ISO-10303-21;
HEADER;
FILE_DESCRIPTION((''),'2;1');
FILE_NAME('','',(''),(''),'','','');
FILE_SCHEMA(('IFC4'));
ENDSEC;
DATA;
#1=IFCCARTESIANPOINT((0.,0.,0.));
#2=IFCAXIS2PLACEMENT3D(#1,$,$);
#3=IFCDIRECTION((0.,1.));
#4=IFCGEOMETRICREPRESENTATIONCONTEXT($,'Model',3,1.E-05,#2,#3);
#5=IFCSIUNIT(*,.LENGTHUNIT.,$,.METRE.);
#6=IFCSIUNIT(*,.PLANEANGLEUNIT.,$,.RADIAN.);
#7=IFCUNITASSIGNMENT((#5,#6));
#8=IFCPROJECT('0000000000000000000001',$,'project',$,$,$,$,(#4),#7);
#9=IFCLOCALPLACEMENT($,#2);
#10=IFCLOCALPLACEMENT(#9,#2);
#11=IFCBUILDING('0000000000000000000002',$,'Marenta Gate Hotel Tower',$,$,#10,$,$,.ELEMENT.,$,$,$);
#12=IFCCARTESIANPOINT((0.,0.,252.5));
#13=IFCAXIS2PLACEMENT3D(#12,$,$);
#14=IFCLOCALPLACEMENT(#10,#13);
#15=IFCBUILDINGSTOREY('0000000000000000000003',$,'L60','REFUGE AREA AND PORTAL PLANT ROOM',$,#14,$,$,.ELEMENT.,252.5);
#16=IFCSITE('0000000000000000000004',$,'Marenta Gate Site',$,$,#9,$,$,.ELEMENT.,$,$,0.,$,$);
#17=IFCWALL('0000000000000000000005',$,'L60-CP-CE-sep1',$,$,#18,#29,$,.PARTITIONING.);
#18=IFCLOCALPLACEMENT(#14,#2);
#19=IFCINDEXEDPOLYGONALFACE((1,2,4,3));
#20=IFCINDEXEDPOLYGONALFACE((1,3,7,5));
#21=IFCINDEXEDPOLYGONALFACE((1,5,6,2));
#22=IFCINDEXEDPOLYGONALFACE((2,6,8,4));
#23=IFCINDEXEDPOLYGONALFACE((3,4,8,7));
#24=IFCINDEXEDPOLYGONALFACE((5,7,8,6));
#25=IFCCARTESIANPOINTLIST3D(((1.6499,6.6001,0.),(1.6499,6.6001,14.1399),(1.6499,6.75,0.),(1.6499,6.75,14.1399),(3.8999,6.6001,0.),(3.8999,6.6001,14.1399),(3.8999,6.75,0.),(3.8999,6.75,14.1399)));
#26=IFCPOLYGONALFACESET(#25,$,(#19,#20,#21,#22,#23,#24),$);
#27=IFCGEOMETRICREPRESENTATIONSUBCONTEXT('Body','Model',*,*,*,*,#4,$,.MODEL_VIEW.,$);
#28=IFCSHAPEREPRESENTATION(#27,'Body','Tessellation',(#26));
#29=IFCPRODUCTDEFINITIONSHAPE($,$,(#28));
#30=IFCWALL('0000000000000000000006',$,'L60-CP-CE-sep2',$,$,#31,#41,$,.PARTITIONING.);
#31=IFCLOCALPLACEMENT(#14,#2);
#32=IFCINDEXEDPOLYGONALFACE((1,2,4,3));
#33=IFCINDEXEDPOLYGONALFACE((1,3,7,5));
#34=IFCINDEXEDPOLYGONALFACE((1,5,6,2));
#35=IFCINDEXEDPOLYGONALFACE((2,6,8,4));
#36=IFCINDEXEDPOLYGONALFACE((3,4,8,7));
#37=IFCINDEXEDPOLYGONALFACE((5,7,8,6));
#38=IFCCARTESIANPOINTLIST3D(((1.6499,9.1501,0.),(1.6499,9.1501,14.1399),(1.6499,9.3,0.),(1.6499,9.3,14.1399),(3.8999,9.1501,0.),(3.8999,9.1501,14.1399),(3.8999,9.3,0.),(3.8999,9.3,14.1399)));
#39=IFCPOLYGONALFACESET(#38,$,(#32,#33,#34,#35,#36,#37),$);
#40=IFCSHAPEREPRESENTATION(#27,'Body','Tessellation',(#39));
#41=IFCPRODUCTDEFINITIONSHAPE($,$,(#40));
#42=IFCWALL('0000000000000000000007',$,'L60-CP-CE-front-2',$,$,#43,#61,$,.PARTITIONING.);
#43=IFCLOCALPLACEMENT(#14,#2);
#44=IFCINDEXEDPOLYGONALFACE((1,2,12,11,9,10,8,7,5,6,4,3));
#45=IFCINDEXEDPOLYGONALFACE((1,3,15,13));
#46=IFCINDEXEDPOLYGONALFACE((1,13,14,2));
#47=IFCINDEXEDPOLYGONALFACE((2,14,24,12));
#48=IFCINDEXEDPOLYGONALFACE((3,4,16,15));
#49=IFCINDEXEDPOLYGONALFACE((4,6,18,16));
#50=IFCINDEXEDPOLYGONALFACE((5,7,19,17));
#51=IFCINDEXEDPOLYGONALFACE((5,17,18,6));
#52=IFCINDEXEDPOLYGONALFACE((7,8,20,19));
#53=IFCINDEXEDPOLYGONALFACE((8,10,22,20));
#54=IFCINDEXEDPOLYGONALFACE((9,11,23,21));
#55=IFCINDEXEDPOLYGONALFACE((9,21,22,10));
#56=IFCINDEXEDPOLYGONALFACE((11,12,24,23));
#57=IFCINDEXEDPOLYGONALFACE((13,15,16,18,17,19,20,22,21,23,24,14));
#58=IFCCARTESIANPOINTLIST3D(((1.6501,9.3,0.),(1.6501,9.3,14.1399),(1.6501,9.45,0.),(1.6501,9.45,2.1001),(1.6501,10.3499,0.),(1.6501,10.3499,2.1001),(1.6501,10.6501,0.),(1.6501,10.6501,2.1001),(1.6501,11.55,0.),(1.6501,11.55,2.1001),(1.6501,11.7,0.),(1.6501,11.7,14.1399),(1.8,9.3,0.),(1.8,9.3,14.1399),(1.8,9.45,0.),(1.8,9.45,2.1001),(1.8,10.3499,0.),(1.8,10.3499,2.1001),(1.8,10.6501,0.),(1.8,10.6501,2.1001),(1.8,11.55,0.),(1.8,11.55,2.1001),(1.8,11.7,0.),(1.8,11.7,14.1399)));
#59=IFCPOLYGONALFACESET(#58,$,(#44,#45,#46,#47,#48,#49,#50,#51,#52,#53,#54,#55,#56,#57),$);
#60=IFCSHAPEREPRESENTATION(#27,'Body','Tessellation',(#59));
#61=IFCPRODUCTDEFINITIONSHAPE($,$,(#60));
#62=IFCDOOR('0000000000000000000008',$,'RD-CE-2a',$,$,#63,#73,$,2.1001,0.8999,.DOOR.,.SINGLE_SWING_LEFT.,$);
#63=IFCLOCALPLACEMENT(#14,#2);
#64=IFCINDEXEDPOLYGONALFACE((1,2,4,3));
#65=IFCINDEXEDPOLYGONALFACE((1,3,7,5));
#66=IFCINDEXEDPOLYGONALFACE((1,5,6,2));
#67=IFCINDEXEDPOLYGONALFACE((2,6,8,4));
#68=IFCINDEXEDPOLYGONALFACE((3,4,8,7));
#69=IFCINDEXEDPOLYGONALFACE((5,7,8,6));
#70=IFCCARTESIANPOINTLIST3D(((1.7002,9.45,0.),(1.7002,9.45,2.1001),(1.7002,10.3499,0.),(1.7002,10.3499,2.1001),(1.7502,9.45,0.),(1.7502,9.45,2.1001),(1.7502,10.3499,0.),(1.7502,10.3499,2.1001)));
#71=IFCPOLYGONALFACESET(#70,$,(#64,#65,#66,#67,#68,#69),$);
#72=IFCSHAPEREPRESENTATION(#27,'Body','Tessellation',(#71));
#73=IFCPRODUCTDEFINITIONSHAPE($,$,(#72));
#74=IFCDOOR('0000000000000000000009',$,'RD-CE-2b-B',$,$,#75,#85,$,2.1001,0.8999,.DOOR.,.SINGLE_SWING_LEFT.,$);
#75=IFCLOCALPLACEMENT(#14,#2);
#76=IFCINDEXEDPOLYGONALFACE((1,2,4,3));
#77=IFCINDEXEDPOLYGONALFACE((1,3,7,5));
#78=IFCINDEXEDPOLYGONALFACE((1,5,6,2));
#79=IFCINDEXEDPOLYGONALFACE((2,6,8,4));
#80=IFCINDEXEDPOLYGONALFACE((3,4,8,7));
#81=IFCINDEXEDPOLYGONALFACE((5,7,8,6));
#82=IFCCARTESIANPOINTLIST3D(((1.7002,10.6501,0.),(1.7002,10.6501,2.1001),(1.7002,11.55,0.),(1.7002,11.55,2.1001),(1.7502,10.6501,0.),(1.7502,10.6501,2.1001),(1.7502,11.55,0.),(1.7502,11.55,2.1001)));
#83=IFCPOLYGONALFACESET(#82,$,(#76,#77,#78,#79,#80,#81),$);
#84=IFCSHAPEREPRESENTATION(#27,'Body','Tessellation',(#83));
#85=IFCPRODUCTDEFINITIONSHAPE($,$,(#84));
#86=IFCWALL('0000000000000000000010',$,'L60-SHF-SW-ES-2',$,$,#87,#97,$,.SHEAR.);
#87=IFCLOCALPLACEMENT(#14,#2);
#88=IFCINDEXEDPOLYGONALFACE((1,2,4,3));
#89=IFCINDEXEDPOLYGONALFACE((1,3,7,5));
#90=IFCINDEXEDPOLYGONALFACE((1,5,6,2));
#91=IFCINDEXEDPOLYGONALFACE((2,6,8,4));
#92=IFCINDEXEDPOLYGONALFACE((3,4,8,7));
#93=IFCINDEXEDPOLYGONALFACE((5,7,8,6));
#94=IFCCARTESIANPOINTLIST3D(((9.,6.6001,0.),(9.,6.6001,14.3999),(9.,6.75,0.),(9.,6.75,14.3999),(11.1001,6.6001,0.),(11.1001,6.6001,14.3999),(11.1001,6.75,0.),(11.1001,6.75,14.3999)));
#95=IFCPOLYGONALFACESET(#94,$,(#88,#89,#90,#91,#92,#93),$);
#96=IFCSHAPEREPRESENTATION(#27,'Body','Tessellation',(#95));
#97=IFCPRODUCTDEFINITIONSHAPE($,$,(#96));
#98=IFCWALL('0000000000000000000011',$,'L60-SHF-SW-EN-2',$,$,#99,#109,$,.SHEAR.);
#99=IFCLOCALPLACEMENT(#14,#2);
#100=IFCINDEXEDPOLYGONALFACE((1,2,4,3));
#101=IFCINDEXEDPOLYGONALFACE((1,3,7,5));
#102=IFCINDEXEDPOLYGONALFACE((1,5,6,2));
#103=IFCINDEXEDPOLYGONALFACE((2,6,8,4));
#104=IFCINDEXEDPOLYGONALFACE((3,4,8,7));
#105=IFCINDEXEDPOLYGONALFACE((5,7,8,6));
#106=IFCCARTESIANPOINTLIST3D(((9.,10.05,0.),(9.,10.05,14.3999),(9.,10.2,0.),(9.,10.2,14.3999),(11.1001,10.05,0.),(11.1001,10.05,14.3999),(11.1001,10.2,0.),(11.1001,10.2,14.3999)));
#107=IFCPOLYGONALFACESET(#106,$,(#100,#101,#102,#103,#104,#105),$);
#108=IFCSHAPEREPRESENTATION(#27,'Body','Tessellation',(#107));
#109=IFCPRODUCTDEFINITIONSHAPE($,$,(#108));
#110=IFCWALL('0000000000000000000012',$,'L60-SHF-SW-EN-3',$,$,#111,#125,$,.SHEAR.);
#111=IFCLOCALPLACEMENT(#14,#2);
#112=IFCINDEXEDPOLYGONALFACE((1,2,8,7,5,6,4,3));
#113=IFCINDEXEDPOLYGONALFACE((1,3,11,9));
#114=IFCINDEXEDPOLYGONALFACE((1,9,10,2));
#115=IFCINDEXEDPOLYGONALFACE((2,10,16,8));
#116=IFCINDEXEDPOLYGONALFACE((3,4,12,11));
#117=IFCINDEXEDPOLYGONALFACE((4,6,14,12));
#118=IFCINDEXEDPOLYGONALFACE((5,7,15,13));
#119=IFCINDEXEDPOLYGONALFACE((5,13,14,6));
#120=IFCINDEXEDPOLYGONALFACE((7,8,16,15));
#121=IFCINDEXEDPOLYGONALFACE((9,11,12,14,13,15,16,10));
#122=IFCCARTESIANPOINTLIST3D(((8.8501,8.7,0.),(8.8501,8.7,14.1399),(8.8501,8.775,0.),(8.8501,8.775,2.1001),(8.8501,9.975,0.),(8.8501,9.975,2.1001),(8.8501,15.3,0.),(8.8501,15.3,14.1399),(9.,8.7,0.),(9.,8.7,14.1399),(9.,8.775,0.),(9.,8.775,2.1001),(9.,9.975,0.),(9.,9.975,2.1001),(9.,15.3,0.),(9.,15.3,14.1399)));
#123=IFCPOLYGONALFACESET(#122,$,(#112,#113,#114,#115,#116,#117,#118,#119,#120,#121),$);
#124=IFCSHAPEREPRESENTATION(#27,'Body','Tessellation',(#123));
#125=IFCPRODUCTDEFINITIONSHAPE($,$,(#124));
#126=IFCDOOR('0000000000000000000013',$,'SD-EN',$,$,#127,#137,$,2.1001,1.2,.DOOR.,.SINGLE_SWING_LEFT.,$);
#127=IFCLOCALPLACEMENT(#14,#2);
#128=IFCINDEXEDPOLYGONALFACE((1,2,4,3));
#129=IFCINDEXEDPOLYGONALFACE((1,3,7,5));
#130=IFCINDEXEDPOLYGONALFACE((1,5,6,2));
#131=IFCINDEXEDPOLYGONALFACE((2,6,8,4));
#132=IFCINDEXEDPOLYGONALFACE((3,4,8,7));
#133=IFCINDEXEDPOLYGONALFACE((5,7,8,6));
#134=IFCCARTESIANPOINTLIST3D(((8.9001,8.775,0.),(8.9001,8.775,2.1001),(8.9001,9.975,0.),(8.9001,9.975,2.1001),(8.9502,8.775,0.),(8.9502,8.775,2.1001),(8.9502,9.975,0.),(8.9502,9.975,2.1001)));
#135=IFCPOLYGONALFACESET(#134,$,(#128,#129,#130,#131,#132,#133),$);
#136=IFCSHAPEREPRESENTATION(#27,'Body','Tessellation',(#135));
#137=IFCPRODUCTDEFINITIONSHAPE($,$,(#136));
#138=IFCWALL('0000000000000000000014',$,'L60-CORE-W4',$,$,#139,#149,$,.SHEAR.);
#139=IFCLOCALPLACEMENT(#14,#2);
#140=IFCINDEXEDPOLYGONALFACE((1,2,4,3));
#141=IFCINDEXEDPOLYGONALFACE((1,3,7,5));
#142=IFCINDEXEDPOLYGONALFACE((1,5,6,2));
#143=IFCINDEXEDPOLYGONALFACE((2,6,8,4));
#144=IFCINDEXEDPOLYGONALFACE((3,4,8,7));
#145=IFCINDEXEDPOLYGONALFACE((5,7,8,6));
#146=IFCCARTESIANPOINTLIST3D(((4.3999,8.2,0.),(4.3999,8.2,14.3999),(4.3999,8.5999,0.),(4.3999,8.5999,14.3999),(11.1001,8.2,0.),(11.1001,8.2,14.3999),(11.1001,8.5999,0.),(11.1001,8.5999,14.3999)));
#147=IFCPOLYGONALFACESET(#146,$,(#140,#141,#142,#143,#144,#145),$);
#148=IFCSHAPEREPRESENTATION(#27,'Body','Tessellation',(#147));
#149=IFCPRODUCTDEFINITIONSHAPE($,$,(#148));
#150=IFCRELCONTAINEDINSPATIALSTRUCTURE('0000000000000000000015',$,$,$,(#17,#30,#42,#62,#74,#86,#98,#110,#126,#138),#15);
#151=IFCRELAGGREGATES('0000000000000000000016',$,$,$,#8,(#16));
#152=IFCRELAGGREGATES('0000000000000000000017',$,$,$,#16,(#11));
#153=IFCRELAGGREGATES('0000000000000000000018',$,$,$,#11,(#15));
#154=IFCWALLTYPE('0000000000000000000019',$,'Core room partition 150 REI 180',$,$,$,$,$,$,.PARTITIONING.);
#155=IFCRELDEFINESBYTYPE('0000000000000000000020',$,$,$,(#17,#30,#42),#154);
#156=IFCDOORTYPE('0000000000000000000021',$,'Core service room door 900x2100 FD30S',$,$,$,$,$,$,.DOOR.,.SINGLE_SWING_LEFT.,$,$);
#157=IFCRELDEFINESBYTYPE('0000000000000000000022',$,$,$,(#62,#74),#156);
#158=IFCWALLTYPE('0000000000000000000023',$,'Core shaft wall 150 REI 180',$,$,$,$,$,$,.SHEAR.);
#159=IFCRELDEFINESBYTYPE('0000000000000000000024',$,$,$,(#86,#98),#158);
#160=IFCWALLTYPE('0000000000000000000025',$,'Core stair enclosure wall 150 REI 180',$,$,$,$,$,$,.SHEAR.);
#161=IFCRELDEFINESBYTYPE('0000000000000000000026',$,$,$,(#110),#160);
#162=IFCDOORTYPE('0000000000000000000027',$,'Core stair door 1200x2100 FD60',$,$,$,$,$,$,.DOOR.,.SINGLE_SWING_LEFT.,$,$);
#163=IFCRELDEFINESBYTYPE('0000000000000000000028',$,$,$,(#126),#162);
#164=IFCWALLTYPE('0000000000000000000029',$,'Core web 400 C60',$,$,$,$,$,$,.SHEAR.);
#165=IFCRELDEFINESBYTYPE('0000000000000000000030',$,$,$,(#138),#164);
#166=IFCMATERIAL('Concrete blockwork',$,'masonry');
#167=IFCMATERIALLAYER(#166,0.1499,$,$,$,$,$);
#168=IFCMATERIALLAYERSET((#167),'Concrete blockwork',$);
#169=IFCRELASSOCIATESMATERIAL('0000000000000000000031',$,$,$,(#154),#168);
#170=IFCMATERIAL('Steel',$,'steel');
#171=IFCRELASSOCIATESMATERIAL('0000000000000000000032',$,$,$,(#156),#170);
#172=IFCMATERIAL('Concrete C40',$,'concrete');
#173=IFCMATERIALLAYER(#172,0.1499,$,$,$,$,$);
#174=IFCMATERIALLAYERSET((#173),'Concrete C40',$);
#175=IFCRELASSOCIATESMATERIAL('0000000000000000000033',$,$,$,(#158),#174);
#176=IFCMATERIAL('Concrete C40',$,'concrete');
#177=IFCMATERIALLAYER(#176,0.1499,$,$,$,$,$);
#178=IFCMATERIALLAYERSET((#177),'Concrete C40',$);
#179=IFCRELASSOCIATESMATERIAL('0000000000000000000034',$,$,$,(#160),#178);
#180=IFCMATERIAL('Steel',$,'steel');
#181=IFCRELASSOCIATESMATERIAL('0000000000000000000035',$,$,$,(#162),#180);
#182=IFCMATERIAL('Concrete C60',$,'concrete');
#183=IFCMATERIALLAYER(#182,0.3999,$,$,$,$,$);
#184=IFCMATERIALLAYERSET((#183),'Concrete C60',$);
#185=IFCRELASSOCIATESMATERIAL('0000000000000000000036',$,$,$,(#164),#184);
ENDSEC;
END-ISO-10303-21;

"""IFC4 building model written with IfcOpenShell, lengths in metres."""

from ifc_helpers import new_model, si_unit, direction, frame, frame_2d, origin, place, context, subcontext, project, spatial, rectangle, extrude, material, layer, layer_set, type_object, element, fill, save


model = new_model("IFC4")

# Units and contexts
model_context = context("Model", 3, precision=1e-05, world=origin(), true_north=direction((0.0, 1.0)))
body_context = subcontext(model_context, "Body", "Model", "MODEL_VIEW")
ifc_project = project(units=[si_unit("LENGTHUNIT", "METRE"), si_unit("PLANEANGLEUNIT", "RADIAN")], contexts=[model_context])

# Site, building, storey
site_placement = place(None, origin())
site = spatial("IfcSite", under=ifc_project, at=site_placement, Name="Marenta Gate Site", CompositionType="ELEMENT", RefElevation=0.0)
building_placement = place(site_placement, origin())
building = spatial("IfcBuilding", under=site, at=building_placement, Name="Marenta Gate Hotel Tower", CompositionType="ELEMENT")
storey_placement = place(building_placement, frame((0.0, 0.0, 252.5)))
storey = spatial("IfcBuildingStorey", under=building, at=storey_placement, Name="L60", Description="REFUGE AREA AND PORTAL PLANT ROOM", CompositionType="ELEMENT", Elevation=252.5)

# Walls
ifc_material_1 = material(Name="Concrete blockwork", Category="masonry")
ifc_layer_1 = layer(ifc_material_1, 0.1499)
ifc_layer_set_1 = layer_set([ifc_layer_1], Name="Concrete blockwork")
wall_type_1 = type_object("IfcWallType", Name="Core room partition 150 REI 180", PredefinedType="PARTITIONING", material=ifc_layer_set_1)
for number, where, z_axis, x_axis, name in (
    (1, (1.6499, 6.675, 0.0), (0.0, 0.0, 1.0), (1.0, 0.0, 0.0), "L60-CP-CE-sep1"),
    (2, (1.6499, 9.2251, 0.0), (0.0, 0.0, 1.0), (1.0, 0.0, 0.0), "L60-CP-CE-sep2"),
):
    element("IfcWall", number, at=place(storey_placement, frame(where, z_axis=z_axis, x_axis=x_axis)), inside=storey, type_object=wall_type_1, Name=name, PredefinedType="PARTITIONING", context=body_context, shape_type="SweptSolid", body=[
        extrude(rectangle(XDim=2.25, YDim=0.1499, at=frame_2d((1.125, 0.0))), origin(), (0.0, 0.0, 1.0), 14.1399),
    ])

# Wall, openings, doors
wall_1_placement = place(storey_placement, frame((1.7251, 9.3, 0.0), z_axis=(0.0, 0.0, 1.0), x_axis=(0.0, 1.0, 0.0)))
wall_1 = element("IfcWall", 3, at=wall_1_placement, inside=storey, type_object=wall_type_1, Name="L60-CP-CE-front-2", PredefinedType="PARTITIONING", context=body_context, shape_type="SweptSolid", body=[
    extrude(rectangle(XDim=2.3999, YDim=0.1499, at=frame_2d((1.2, 0.0))), origin(), (0.0, 0.0, 1.0), 14.1399),
])
opening_1_placement = place(wall_1_placement, frame((0.1499, 0.0, 0.0)))
opening_1 = element("IfcOpeningElement", 4, at=opening_1_placement, cuts=wall_1, PredefinedType="OPENING", context=body_context, shape_type="SweptSolid", body=[
    extrude(rectangle(XDim=0.8999, YDim=2.1001, at=frame_2d((0.45, 1.05))), frame((0.0, 0.075, 0.0), z_axis=(0.0, -1.0, 0.0), x_axis=(1.0, 0.0, 0.0)), (0.0, 0.0, 1.0), 0.1499),
])
opening_2_placement = place(wall_1_placement, frame((1.3501, 0.0, 0.0)))
opening_2 = element("IfcOpeningElement", 5, at=opening_2_placement, cuts=wall_1, PredefinedType="OPENING", context=body_context, shape_type="SweptSolid", body=[
    extrude(rectangle(XDim=0.8999, YDim=2.1001, at=frame_2d((0.45, 1.05))), frame((0.0, 0.075, 0.0), z_axis=(0.0, -1.0, 0.0), x_axis=(1.0, 0.0, 0.0)), (0.0, 0.0, 1.0), 0.1499),
])
ifc_material_2 = material(Name="Steel", Category="steel")
door_type_1 = type_object("IfcDoorType", Name="Core service room door 900x2100 FD30S", OperationType="SINGLE_SWING_LEFT", PredefinedType="DOOR", material=ifc_material_2)
door_1_placement = place(opening_1_placement, origin())
door_1 = element("IfcDoor", 6, at=door_1_placement, inside=storey, type_object=door_type_1, Name="RD-CE-2a", OperationType="SINGLE_SWING_LEFT", OverallHeight=2.1001, OverallWidth=0.8999, PredefinedType="DOOR", context=body_context, shape_type="SweptSolid", body=[
    extrude(rectangle(XDim=0.8999, YDim=2.1001, at=frame_2d((0.45, 1.05))), frame((0.0, 0.0249, 0.0), z_axis=(0.0, -1.0, 0.0), x_axis=(1.0, 0.0, 0.0)), (0.0, 0.0, 1.0), 0.05),
])
fill(opening_1, door_1)
door_2_placement = place(opening_2_placement, origin())
door_2 = element("IfcDoor", 7, at=door_2_placement, inside=storey, type_object=door_type_1, Name="RD-CE-2b-B", OperationType="SINGLE_SWING_LEFT", OverallHeight=2.1001, OverallWidth=0.8999, PredefinedType="DOOR", context=body_context, shape_type="SweptSolid", body=[
    extrude(rectangle(XDim=0.8999, YDim=2.1001, at=frame_2d((0.45, 1.05))), frame((0.0, 0.0249, 0.0), z_axis=(0.0, -1.0, 0.0), x_axis=(1.0, 0.0, 0.0)), (0.0, 0.0, 1.0), 0.05),
])
fill(opening_2, door_2)

# Walls
ifc_material_3 = material(Name="Concrete C40", Category="concrete")
ifc_layer_2 = layer(ifc_material_3, 0.1499)
ifc_layer_set_2 = layer_set([ifc_layer_2], Name="Concrete C40")
wall_type_2 = type_object("IfcWallType", Name="Core shaft wall 150 REI 180", PredefinedType="SHEAR", material=ifc_layer_set_2)
for number, where, z_axis, x_axis, name in (
    (8, (9.0, 6.675, 0.0), (0.0, 0.0, 1.0), (1.0, 0.0, 0.0), "L60-SHF-SW-ES-2"),
    (9, (9.0, 10.125, 0.0), (0.0, 0.0, 1.0), (1.0, 0.0, 0.0), "L60-SHF-SW-EN-2"),
):
    element("IfcWall", number, at=place(storey_placement, frame(where, z_axis=z_axis, x_axis=x_axis)), inside=storey, type_object=wall_type_2, Name=name, PredefinedType="SHEAR", context=body_context, shape_type="SweptSolid", body=[
        extrude(rectangle(XDim=2.1001, YDim=0.1499, at=frame_2d((1.05, 0.0))), origin(), (0.0, 0.0, 1.0), 14.3999),
    ])

# Wall, opening, door
ifc_material_4 = material(Name="Concrete C40", Category="concrete")
ifc_layer_3 = layer(ifc_material_4, 0.1499)
ifc_layer_set_3 = layer_set([ifc_layer_3], Name="Concrete C40")
wall_type_3 = type_object("IfcWallType", Name="Core stair enclosure wall 150 REI 180", PredefinedType="SHEAR", material=ifc_layer_set_3)
wall_2_placement = place(storey_placement, frame((8.925, 8.7, 0.0), z_axis=(0.0, 0.0, 1.0), x_axis=(0.0, 1.0, 0.0)))
wall_2 = element("IfcWall", 10, at=wall_2_placement, inside=storey, type_object=wall_type_3, Name="L60-SHF-SW-EN-3", PredefinedType="SHEAR", context=body_context, shape_type="SweptSolid", body=[
    extrude(rectangle(XDim=6.6001, YDim=0.1499, at=frame_2d((3.3, 0.0))), origin(), (0.0, 0.0, 1.0), 14.1399),
])
opening_3_placement = place(wall_2_placement, frame((0.075, 0.0, 0.0)))
opening_3 = element("IfcOpeningElement", 11, at=opening_3_placement, cuts=wall_2, PredefinedType="OPENING", context=body_context, shape_type="SweptSolid", body=[
    extrude(rectangle(XDim=1.2, YDim=2.1001, at=frame_2d((0.6001, 1.05))), frame((0.0, 0.075, 0.0), z_axis=(0.0, -1.0, 0.0), x_axis=(1.0, 0.0, 0.0)), (0.0, 0.0, 1.0), 0.1499),
])
ifc_material_5 = material(Name="Steel", Category="steel")
door_type_2 = type_object("IfcDoorType", Name="Core stair door 1200x2100 FD60", OperationType="SINGLE_SWING_LEFT", PredefinedType="DOOR", material=ifc_material_5)
door_3_placement = place(opening_3_placement, origin())
door_3 = element("IfcDoor", 12, at=door_3_placement, inside=storey, type_object=door_type_2, Name="SD-EN", OperationType="SINGLE_SWING_LEFT", OverallHeight=2.1001, OverallWidth=1.2, PredefinedType="DOOR", context=body_context, shape_type="SweptSolid", body=[
    extrude(rectangle(XDim=1.2, YDim=2.1001, at=frame_2d((0.6001, 1.05))), frame((0.0, 0.0249, 0.0), z_axis=(0.0, -1.0, 0.0), x_axis=(1.0, 0.0, 0.0)), (0.0, 0.0, 1.0), 0.05),
])
fill(opening_3, door_3)

# Wall
ifc_material_6 = material(Name="Concrete C60", Category="concrete")
ifc_layer_4 = layer(ifc_material_6, 0.3999)
ifc_layer_set_4 = layer_set([ifc_layer_4], Name="Concrete C60")
wall_type_4 = type_object("IfcWallType", Name="Core web 400 C60", PredefinedType="SHEAR", material=ifc_layer_set_4)
wall_3_placement = place(storey_placement, frame((4.3999, 8.3999, 0.0), z_axis=(0.0, 0.0, 1.0), x_axis=(1.0, 0.0, 0.0)))
element("IfcWall", 13, at=wall_3_placement, inside=storey, type_object=wall_type_4, Name="L60-CORE-W4", PredefinedType="SHEAR", context=body_context, shape_type="SweptSolid", body=[
    extrude(rectangle(XDim=6.7002, YDim=0.3999, at=frame_2d((3.3501, 0.0))), origin(), (0.0, 0.0, 1.0), 14.3999),
])

save(model, "model.ifc")
